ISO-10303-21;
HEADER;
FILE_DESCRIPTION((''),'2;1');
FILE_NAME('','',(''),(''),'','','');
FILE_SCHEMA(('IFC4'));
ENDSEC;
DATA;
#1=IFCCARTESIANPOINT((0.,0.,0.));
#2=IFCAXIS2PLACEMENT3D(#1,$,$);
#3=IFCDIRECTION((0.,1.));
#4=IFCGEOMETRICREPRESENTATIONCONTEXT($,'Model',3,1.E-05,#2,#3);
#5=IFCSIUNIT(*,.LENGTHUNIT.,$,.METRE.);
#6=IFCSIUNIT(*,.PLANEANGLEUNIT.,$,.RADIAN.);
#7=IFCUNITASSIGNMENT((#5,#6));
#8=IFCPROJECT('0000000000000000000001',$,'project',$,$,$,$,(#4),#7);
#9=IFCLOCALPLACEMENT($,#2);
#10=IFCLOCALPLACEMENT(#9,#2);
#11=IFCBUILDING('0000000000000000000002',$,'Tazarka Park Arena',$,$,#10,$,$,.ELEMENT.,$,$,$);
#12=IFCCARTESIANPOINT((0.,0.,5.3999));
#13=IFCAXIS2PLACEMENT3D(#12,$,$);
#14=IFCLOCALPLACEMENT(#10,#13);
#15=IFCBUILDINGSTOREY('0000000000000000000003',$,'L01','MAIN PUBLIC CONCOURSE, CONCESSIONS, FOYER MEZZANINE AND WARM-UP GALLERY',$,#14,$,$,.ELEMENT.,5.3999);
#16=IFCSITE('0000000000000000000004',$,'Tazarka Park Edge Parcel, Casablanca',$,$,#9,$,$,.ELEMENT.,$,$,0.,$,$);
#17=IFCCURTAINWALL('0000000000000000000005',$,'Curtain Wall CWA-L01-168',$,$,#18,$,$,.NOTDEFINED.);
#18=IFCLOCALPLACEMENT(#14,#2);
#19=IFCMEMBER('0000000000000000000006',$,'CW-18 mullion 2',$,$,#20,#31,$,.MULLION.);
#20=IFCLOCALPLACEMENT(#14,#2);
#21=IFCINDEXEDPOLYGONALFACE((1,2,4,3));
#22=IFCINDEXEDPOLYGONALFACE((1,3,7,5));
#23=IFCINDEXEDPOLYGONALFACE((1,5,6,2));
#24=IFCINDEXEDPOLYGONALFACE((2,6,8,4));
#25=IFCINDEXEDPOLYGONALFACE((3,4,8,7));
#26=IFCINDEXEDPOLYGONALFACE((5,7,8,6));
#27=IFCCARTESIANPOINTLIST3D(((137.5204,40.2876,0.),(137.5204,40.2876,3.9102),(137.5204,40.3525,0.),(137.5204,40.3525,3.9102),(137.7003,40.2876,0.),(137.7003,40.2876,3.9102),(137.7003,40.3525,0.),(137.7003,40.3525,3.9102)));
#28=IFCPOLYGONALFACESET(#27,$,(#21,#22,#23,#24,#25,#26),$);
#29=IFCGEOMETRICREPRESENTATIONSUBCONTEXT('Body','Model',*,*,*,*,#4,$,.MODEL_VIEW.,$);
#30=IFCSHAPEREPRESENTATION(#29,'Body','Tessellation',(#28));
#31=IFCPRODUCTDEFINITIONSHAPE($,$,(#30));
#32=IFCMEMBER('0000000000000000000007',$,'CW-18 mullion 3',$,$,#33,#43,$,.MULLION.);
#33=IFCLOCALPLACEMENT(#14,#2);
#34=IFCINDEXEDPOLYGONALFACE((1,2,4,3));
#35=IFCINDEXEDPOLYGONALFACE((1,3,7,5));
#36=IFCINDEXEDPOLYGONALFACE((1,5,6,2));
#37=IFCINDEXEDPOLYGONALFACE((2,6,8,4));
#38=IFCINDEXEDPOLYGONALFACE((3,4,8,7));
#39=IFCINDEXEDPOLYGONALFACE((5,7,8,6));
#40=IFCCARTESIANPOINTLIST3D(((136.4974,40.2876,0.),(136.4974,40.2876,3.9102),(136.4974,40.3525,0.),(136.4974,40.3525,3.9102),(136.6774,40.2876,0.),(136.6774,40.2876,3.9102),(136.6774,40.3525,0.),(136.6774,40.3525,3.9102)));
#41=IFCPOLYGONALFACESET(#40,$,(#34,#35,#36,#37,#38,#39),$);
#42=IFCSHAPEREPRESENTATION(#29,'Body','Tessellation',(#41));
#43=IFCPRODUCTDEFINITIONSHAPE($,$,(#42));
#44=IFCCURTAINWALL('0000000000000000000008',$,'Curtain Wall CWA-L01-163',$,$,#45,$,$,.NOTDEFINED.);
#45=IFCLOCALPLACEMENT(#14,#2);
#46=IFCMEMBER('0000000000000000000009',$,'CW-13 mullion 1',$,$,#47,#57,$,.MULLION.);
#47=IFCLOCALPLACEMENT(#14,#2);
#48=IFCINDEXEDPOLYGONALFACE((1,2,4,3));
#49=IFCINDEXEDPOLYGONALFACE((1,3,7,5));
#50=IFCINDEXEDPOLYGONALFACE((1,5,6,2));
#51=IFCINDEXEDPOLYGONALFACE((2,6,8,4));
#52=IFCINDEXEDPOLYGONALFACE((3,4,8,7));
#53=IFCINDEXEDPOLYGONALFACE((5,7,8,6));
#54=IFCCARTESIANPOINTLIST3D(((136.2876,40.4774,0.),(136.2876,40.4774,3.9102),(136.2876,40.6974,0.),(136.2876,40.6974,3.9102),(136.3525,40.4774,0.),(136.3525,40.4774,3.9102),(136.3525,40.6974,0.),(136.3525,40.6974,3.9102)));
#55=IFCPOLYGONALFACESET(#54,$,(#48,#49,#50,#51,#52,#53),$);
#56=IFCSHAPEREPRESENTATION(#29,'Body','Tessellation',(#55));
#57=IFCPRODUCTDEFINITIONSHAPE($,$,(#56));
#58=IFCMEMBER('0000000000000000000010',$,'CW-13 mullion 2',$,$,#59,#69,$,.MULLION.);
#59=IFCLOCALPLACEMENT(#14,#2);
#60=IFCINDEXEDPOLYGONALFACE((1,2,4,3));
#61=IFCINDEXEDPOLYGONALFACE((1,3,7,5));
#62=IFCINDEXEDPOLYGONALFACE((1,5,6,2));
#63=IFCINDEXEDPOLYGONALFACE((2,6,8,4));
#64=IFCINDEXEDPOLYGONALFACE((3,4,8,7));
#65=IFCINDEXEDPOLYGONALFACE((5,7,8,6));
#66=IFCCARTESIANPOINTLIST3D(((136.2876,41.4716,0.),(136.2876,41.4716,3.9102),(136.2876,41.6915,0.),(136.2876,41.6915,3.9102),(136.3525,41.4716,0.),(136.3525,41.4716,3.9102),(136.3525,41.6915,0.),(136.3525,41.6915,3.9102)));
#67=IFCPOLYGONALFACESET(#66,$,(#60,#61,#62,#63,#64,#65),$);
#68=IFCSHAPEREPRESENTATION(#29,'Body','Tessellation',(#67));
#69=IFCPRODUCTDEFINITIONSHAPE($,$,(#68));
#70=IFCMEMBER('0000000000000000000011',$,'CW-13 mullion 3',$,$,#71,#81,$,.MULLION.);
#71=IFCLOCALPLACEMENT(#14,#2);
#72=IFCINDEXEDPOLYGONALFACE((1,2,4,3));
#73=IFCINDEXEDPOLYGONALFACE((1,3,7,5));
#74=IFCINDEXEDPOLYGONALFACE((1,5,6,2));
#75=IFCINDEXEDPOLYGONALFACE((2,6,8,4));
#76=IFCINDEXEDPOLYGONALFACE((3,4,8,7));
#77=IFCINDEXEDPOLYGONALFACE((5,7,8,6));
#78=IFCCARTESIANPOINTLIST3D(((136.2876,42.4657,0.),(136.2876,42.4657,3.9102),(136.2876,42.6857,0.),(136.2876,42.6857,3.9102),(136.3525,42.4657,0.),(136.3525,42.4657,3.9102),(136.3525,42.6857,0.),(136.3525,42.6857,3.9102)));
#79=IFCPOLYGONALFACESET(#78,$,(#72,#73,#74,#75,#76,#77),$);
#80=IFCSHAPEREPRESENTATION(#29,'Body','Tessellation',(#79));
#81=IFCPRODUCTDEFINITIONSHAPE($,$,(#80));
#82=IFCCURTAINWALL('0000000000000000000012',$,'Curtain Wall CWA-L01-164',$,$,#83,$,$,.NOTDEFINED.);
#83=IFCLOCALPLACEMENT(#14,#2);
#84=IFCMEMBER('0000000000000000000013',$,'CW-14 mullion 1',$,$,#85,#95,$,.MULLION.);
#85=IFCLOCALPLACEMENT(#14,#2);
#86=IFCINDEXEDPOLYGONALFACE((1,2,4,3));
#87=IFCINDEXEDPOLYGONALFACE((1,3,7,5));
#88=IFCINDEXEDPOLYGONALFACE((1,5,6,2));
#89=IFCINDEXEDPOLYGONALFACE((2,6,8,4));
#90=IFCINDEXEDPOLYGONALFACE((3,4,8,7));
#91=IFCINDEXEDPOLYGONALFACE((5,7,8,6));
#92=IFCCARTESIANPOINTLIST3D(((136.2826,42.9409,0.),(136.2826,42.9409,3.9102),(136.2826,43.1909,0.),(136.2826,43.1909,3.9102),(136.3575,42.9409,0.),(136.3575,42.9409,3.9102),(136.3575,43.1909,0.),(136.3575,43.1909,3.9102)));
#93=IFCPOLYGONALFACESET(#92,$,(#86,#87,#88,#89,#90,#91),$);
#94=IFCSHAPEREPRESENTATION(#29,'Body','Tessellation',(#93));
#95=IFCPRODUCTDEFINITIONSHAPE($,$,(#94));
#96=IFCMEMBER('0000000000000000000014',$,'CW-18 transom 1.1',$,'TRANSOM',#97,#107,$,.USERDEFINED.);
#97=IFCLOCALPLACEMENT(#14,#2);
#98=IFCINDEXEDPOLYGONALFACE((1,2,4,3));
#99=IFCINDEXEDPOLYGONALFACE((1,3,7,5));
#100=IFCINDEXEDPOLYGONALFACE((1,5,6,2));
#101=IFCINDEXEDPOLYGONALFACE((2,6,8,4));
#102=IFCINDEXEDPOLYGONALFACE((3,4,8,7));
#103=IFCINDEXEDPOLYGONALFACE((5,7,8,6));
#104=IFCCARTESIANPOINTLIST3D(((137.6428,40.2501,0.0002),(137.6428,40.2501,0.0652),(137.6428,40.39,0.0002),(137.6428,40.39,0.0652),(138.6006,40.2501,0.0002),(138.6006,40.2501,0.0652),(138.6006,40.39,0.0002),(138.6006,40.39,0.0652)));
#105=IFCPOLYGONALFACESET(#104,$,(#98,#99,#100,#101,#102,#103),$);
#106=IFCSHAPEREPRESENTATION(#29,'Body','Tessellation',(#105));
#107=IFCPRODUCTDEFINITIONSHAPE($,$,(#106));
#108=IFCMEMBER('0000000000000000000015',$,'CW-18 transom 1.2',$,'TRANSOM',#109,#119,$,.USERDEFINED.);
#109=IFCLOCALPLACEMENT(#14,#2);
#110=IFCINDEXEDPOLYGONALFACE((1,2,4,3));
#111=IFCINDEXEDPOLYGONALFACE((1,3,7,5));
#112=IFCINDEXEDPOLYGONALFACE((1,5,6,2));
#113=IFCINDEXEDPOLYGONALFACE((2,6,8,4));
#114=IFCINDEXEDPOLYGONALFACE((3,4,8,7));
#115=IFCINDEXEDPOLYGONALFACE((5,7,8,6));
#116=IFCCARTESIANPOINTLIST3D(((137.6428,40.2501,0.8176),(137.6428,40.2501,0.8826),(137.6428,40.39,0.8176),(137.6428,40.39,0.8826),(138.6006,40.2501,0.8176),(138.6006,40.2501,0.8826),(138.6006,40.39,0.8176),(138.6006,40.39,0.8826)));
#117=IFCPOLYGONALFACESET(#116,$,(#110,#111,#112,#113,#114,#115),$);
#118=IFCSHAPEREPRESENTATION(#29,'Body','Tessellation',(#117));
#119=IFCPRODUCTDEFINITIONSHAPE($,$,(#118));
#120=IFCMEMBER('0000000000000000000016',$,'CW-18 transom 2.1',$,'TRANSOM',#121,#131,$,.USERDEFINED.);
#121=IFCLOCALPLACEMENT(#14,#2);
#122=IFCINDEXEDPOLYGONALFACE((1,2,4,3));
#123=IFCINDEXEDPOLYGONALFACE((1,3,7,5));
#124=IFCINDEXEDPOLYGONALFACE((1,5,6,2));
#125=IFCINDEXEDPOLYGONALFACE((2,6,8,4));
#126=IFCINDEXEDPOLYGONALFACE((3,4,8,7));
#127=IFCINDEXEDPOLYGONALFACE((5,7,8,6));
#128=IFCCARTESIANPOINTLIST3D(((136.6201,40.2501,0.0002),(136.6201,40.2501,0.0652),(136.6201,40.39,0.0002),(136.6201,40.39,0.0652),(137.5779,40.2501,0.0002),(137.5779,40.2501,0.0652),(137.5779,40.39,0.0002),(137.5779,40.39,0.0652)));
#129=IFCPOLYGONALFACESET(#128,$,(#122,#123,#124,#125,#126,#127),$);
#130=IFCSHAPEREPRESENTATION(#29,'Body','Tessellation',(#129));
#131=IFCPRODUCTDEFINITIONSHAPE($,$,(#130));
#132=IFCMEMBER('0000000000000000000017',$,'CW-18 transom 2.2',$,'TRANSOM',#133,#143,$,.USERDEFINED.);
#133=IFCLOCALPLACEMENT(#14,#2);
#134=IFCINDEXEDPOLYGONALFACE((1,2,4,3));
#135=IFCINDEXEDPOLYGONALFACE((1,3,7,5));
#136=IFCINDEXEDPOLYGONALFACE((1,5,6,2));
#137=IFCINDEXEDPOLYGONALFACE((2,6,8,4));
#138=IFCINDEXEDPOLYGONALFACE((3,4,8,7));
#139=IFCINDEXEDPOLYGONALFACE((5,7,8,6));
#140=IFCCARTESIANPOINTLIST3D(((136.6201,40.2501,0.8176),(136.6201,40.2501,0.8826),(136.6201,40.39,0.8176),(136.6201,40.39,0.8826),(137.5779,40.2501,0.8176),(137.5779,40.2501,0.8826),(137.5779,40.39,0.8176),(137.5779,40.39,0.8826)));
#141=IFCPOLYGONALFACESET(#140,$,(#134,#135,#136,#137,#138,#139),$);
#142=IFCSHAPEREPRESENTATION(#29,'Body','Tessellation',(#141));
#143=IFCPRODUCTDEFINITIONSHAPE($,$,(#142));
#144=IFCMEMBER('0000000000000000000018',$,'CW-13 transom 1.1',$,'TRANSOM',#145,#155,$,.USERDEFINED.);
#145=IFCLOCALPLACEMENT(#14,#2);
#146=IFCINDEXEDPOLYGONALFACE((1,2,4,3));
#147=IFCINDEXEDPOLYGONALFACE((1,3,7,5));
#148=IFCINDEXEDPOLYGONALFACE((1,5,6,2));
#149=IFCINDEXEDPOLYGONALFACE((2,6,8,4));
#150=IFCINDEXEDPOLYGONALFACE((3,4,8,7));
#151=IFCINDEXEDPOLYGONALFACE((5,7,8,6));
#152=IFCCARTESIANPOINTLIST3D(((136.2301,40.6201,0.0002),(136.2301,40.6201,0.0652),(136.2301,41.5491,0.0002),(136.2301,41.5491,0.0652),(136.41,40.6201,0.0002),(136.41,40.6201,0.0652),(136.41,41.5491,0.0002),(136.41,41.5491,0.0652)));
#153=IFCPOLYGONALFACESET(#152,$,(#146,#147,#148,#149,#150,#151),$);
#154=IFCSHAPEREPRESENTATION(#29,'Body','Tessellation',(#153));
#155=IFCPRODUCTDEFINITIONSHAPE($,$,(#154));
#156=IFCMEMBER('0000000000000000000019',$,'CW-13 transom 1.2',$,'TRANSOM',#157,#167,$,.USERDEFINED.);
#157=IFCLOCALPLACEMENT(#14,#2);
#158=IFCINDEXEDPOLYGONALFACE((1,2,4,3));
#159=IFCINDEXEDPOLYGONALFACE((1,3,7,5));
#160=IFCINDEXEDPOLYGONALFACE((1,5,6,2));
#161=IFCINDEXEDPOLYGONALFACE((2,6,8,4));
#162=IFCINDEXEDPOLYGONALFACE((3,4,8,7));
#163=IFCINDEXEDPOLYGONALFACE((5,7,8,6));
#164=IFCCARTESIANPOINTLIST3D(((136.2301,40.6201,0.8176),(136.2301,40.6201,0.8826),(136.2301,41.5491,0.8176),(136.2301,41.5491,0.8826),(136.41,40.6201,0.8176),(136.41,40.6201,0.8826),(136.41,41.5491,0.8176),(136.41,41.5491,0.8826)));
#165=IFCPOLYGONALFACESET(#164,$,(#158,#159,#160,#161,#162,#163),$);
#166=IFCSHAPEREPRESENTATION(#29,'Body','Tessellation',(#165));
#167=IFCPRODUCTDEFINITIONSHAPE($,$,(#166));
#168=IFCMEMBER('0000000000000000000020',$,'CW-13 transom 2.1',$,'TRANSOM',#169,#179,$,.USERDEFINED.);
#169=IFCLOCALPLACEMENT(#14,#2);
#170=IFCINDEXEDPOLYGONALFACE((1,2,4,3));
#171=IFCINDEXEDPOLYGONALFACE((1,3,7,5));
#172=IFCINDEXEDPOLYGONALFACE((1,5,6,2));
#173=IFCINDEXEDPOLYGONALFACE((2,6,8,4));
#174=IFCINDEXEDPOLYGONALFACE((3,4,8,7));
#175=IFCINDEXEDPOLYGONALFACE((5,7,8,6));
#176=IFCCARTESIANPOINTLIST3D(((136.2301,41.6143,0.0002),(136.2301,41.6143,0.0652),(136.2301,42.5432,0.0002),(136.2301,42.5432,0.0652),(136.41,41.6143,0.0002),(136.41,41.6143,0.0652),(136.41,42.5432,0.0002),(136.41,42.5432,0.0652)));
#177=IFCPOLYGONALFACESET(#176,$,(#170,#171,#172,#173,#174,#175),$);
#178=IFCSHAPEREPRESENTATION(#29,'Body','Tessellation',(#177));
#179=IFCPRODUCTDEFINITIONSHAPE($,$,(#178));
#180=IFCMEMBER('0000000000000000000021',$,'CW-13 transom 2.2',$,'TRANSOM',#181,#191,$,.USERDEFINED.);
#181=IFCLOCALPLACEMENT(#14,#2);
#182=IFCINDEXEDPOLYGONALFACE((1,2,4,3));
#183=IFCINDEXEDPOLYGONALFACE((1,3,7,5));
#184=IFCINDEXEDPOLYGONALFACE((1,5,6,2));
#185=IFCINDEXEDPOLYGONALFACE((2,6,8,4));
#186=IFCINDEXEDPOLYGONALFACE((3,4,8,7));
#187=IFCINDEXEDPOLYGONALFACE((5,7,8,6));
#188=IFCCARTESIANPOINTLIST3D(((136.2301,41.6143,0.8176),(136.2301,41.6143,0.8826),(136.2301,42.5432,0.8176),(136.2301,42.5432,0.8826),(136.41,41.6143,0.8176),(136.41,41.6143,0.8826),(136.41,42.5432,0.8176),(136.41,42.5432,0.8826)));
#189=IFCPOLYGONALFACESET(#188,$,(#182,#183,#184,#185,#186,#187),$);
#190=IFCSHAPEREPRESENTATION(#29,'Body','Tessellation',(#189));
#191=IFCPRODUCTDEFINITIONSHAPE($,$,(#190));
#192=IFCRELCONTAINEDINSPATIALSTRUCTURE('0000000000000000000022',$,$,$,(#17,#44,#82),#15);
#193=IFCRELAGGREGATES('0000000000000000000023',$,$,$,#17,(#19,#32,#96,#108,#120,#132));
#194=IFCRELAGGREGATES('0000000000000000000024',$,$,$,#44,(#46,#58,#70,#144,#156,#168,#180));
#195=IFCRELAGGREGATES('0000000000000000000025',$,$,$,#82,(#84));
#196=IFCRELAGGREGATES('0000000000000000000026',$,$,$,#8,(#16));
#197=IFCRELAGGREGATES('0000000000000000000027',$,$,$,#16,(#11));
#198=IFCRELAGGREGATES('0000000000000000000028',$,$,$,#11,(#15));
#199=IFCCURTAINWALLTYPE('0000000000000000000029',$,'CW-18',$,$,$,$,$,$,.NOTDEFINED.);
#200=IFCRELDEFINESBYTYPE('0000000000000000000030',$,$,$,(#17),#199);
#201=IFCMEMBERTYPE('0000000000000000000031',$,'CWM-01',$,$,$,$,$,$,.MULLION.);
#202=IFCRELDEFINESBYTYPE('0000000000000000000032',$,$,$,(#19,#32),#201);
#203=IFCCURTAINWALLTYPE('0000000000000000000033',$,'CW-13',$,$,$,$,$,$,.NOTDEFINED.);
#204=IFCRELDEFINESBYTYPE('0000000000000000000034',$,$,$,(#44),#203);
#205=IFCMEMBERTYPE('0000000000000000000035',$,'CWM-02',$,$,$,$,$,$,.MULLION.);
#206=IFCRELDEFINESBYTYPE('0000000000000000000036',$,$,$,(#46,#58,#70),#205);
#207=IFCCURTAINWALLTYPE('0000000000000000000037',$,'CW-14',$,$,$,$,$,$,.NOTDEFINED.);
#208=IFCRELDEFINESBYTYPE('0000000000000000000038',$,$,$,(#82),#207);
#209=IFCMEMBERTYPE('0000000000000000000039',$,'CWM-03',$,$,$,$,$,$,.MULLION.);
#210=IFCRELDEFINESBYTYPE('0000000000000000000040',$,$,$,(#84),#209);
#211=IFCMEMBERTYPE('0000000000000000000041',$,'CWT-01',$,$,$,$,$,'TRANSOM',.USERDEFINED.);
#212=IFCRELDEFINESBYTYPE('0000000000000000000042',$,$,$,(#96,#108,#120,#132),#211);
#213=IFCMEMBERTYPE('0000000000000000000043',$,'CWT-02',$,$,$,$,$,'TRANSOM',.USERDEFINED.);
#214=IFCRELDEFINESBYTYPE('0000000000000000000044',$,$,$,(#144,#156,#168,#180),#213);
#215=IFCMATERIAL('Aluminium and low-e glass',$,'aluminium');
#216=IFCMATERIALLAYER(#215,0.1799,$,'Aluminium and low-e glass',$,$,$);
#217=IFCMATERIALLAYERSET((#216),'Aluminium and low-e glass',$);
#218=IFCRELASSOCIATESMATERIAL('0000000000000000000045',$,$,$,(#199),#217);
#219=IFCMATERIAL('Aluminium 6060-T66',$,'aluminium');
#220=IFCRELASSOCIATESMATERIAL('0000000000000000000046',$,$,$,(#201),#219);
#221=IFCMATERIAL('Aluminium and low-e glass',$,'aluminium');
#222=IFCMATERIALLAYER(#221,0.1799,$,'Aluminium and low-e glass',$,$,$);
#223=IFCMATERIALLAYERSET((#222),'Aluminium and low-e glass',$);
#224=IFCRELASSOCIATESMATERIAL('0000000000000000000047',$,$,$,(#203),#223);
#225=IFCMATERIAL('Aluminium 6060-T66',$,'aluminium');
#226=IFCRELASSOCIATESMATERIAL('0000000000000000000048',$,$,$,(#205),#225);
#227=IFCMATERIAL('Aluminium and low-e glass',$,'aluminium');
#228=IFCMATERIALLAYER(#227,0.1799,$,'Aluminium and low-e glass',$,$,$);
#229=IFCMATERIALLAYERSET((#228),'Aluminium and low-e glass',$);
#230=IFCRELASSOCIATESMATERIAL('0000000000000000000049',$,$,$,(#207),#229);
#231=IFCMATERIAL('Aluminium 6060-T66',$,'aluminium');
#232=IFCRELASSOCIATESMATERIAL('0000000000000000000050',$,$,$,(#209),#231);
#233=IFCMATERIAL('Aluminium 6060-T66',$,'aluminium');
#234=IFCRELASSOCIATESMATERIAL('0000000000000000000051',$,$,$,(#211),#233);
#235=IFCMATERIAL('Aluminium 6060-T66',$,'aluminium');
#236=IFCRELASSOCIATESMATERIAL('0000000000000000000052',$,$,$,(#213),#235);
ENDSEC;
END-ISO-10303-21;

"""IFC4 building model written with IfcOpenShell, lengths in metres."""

from ifc_helpers import new_model, si_unit, direction, frame, origin, origin_2d, place, context, subcontext, project, spatial, rectangle, extrude, material, layer, layer_set, material_profile, profile_set, type_object, element, aggregate, save


model = new_model("IFC4")

# Units and contexts
model_context = context("Model", 3, precision=1e-05, world=origin(), true_north=direction((0.0, 1.0)))
body_context = subcontext(model_context, "Body", "Model", "MODEL_VIEW")
ifc_project = project(units=[si_unit("LENGTHUNIT", "METRE"), si_unit("PLANEANGLEUNIT", "RADIAN")], contexts=[model_context])

# Site, building, storey
site_placement = place(None, origin())
site = spatial("IfcSite", under=ifc_project, at=site_placement, Name="Tazarka Park Edge Parcel, Casablanca", CompositionType="ELEMENT", RefElevation=0.0)
building_placement = place(site_placement, origin())
building = spatial("IfcBuilding", under=site, at=building_placement, Name="Tazarka Park Arena", CompositionType="ELEMENT")
storey_placement = place(building_placement, frame((0.0, 0.0, 5.3999)))
storey = spatial("IfcBuildingStorey", under=building, at=storey_placement, Name="L01", Description="MAIN PUBLIC CONCOURSE, CONCESSIONS, FOYER MEZZANINE AND WARM-UP GALLERY", CompositionType="ELEMENT", Elevation=5.3999)

# Curtain walls, members
ifc_material_1 = material(Name="Aluminium and low-e glass", Category="aluminium")
ifc_layer_1 = layer(ifc_material_1, 0.1799, Name="Aluminium and low-e glass")
ifc_layer_set_1 = layer_set([ifc_layer_1], Name="Aluminium and low-e glass")
curtain_wall_type_1 = type_object("IfcCurtainWallType", Name="CW-18", PredefinedType="NOTDEFINED", material=ifc_layer_set_1)
curtain_wall_1_placement = place(storey_placement, origin())
curtain_wall_1 = element("IfcCurtainWall", 1, at=curtain_wall_1_placement, inside=storey, type_object=curtain_wall_type_1, Name="Curtain Wall CWA-L01-168", PredefinedType="NOTDEFINED")
ifc_material_2 = material(Name="Aluminium 6060-T66", Category="aluminium")
ifc_material_profile_1 = material_profile(ifc_material_2, rectangle(XDim=0.0649, YDim=0.1799, at=origin_2d()), Name="Aluminium 6060-T66")
ifc_profile_set_1 = profile_set([ifc_material_profile_1], Name="Aluminium 6060-T66")
member_type_1 = type_object("IfcMemberType", Name="CWM-01", PredefinedType="MULLION", material=ifc_profile_set_1)
member_1_placement = place(storey_placement, frame((137.6104, 40.3201, 0.0), z_axis=(0.0, 0.0, 1.0), x_axis=(0.0, -1.0, 0.0)))
member_1 = element("IfcMember", 2, at=member_1_placement, type_object=member_type_1, Name="CW-18 mullion 2", PredefinedType="MULLION", context=body_context, shape_type="SweptSolid", body=[
    extrude(rectangle(XDim=0.0649, YDim=0.1799, at=origin_2d()), origin(), (0.0, 0.0, 1.0), 3.9102),
])
member_2_placement = place(storey_placement, frame((136.5874, 40.3201, 0.0), z_axis=(0.0, 0.0, 1.0), x_axis=(0.0, -1.0, 0.0)))
member_2 = element("IfcMember", 3, at=member_2_placement, type_object=member_type_1, Name="CW-18 mullion 3", PredefinedType="MULLION", context=body_context, shape_type="SweptSolid", body=[
    extrude(rectangle(XDim=0.0649, YDim=0.1799, at=origin_2d()), origin(), (0.0, 0.0, 1.0), 3.9102),
])
ifc_material_3 = material(Name="Aluminium and low-e glass", Category="aluminium")
ifc_layer_2 = layer(ifc_material_3, 0.1799, Name="Aluminium and low-e glass")
ifc_layer_set_2 = layer_set([ifc_layer_2], Name="Aluminium and low-e glass")
curtain_wall_type_2 = type_object("IfcCurtainWallType", Name="CW-13", PredefinedType="NOTDEFINED", material=ifc_layer_set_2)
curtain_wall_2_placement = place(storey_placement, origin())
curtain_wall_2 = element("IfcCurtainWall", 4, at=curtain_wall_2_placement, inside=storey, type_object=curtain_wall_type_2, Name="Curtain Wall CWA-L01-163", PredefinedType="NOTDEFINED")
ifc_material_4 = material(Name="Aluminium 6060-T66", Category="aluminium")
ifc_material_profile_2 = material_profile(ifc_material_4, rectangle(XDim=0.0649, YDim=0.22, at=origin_2d()), Name="Aluminium 6060-T66")
ifc_profile_set_2 = profile_set([ifc_material_profile_2], Name="Aluminium 6060-T66")
member_type_2 = type_object("IfcMemberType", Name="CWM-02", PredefinedType="MULLION", material=ifc_profile_set_2)
member_3_placement = place(storey_placement, frame((136.3201, 40.5874, 0.0), z_axis=(0.0, 0.0, 1.0), x_axis=(-1.0, 0.0, 0.0)))
member_3 = element("IfcMember", 5, at=member_3_placement, type_object=member_type_2, Name="CW-13 mullion 1", PredefinedType="MULLION", context=body_context, shape_type="SweptSolid", body=[
    extrude(rectangle(XDim=0.0649, YDim=0.22, at=origin_2d()), origin(), (0.0, 0.0, 1.0), 3.9102),
])
member_4_placement = place(storey_placement, frame((136.3201, 41.5815, 0.0), z_axis=(0.0, 0.0, 1.0), x_axis=(-1.0, 0.0, 0.0)))
member_4 = element("IfcMember", 6, at=member_4_placement, type_object=member_type_2, Name="CW-13 mullion 2", PredefinedType="MULLION", context=body_context, shape_type="SweptSolid", body=[
    extrude(rectangle(XDim=0.0649, YDim=0.22, at=origin_2d()), origin(), (0.0, 0.0, 1.0), 3.9102),
])
member_5_placement = place(storey_placement, frame((136.3201, 42.5757, 0.0), z_axis=(0.0, 0.0, 1.0), x_axis=(-1.0, 0.0, 0.0)))
member_5 = element("IfcMember", 7, at=member_5_placement, type_object=member_type_2, Name="CW-13 mullion 3", PredefinedType="MULLION", context=body_context, shape_type="SweptSolid", body=[
    extrude(rectangle(XDim=0.0649, YDim=0.22, at=origin_2d()), origin(), (0.0, 0.0, 1.0), 3.9102),
])

# Curtain wall, member
ifc_material_5 = material(Name="Aluminium and low-e glass", Category="aluminium")
ifc_layer_3 = layer(ifc_material_5, 0.1799, Name="Aluminium and low-e glass")
ifc_layer_set_3 = layer_set([ifc_layer_3], Name="Aluminium and low-e glass")
curtain_wall_type_3 = type_object("IfcCurtainWallType", Name="CW-14", PredefinedType="NOTDEFINED", material=ifc_layer_set_3)
curtain_wall_3_placement = place(storey_placement, origin())
curtain_wall_3 = element("IfcCurtainWall", 8, at=curtain_wall_3_placement, inside=storey, type_object=curtain_wall_type_3, Name="Curtain Wall CWA-L01-164", PredefinedType="NOTDEFINED")
ifc_material_6 = material(Name="Aluminium 6060-T66", Category="aluminium")
ifc_material_profile_3 = material_profile(ifc_material_6, rectangle(XDim=0.075, YDim=0.25, at=origin_2d()), Name="Aluminium 6060-T66")
ifc_profile_set_3 = profile_set([ifc_material_profile_3], Name="Aluminium 6060-T66")
member_type_3 = type_object("IfcMemberType", Name="CWM-03", PredefinedType="MULLION", material=ifc_profile_set_3)
member_6_placement = place(storey_placement, frame((136.3201, 43.0659, 0.0), z_axis=(0.0, 0.0, 1.0), x_axis=(-1.0, 0.0, 0.0)))
member_6 = element("IfcMember", 9, at=member_6_placement, type_object=member_type_3, Name="CW-14 mullion 1", PredefinedType="MULLION", context=body_context, shape_type="SweptSolid", body=[
    extrude(rectangle(XDim=0.075, YDim=0.25, at=origin_2d()), origin(), (0.0, 0.0, 1.0), 3.9102),
])

# Members
ifc_material_7 = material(Name="Aluminium 6060-T66", Category="aluminium")
ifc_material_profile_4 = material_profile(ifc_material_7, rectangle(XDim=0.1399, YDim=0.0649, at=origin_2d()), Name="Aluminium 6060-T66")
ifc_profile_set_4 = profile_set([ifc_material_profile_4], Name="Aluminium 6060-T66")
member_type_4 = type_object("IfcMemberType", Name="CWT-01", ElementType="TRANSOM", PredefinedType="USERDEFINED", material=ifc_profile_set_4)
member_7_placement = place(storey_placement, frame((138.6006, 40.3201, 0.0327), z_axis=(-1.0, 0.0, 0.0), x_axis=(0.0, -1.0, 0.0)))
member_7 = element("IfcMember", 10, at=member_7_placement, type_object=member_type_4, Name="CW-18 transom 1.1", ObjectType="TRANSOM", PredefinedType="USERDEFINED", context=body_context, shape_type="SweptSolid", body=[
    extrude(rectangle(XDim=0.1399, YDim=0.0649, at=origin_2d()), origin(), (0.0, 0.0, 1.0), 0.9578),
])
member_8_placement = place(storey_placement, frame((138.6006, 40.3201, 0.8501), z_axis=(-1.0, 0.0, 0.0), x_axis=(0.0, -1.0, 0.0)))
member_8 = element("IfcMember", 11, at=member_8_placement, type_object=member_type_4, Name="CW-18 transom 1.2", ObjectType="TRANSOM", PredefinedType="USERDEFINED", context=body_context, shape_type="SweptSolid", body=[
    extrude(rectangle(XDim=0.1399, YDim=0.0649, at=origin_2d()), origin(), (0.0, 0.0, 1.0), 0.9578),
])
member_9_placement = place(storey_placement, frame((137.5779, 40.3201, 0.0327), z_axis=(-1.0, 0.0, 0.0), x_axis=(0.0, -1.0, 0.0)))
member_9 = element("IfcMember", 12, at=member_9_placement, type_object=member_type_4, Name="CW-18 transom 2.1", ObjectType="TRANSOM", PredefinedType="USERDEFINED", context=body_context, shape_type="SweptSolid", body=[
    extrude(rectangle(XDim=0.1399, YDim=0.0649, at=origin_2d()), origin(), (0.0, 0.0, 1.0), 0.9578),
])
member_10_placement = place(storey_placement, frame((137.5779, 40.3201, 0.8501), z_axis=(-1.0, 0.0, 0.0), x_axis=(0.0, -1.0, 0.0)))
member_10 = element("IfcMember", 13, at=member_10_placement, type_object=member_type_4, Name="CW-18 transom 2.2", ObjectType="TRANSOM", PredefinedType="USERDEFINED", context=body_context, shape_type="SweptSolid", body=[
    extrude(rectangle(XDim=0.1399, YDim=0.0649, at=origin_2d()), origin(), (0.0, 0.0, 1.0), 0.9578),
])
ifc_material_8 = material(Name="Aluminium 6060-T66", Category="aluminium")
ifc_material_profile_5 = material_profile(ifc_material_8, rectangle(XDim=0.1799, YDim=0.0649, at=origin_2d()), Name="Aluminium 6060-T66")
ifc_profile_set_5 = profile_set([ifc_material_profile_5], Name="Aluminium 6060-T66")
member_type_5 = type_object("IfcMemberType", Name="CWT-02", ElementType="TRANSOM", PredefinedType="USERDEFINED", material=ifc_profile_set_5)
member_11_placement = place(storey_placement, frame((136.3201, 40.6201, 0.0327), z_axis=(0.0, 1.0, 0.0), x_axis=(-1.0, 0.0, 0.0)))
member_11 = element("IfcMember", 14, at=member_11_placement, type_object=member_type_5, Name="CW-13 transom 1.1", ObjectType="TRANSOM", PredefinedType="USERDEFINED", context=body_context, shape_type="SweptSolid", body=[
    extrude(rectangle(XDim=0.1799, YDim=0.0649, at=origin_2d()), origin(), (0.0, 0.0, 1.0), 0.929),
])
member_12_placement = place(storey_placement, frame((136.3201, 40.6201, 0.8501), z_axis=(0.0, 1.0, 0.0), x_axis=(-1.0, 0.0, 0.0)))
member_12 = element("IfcMember", 15, at=member_12_placement, type_object=member_type_5, Name="CW-13 transom 1.2", ObjectType="TRANSOM", PredefinedType="USERDEFINED", context=body_context, shape_type="SweptSolid", body=[
    extrude(rectangle(XDim=0.1799, YDim=0.0649, at=origin_2d()), origin(), (0.0, 0.0, 1.0), 0.929),
])
member_13_placement = place(storey_placement, frame((136.3201, 41.6143, 0.0327), z_axis=(0.0, 1.0, 0.0), x_axis=(-1.0, 0.0, 0.0)))
member_13 = element("IfcMember", 16, at=member_13_placement, type_object=member_type_5, Name="CW-13 transom 2.1", ObjectType="TRANSOM", PredefinedType="USERDEFINED", context=body_context, shape_type="SweptSolid", body=[
    extrude(rectangle(XDim=0.1799, YDim=0.0649, at=origin_2d()), origin(), (0.0, 0.0, 1.0), 0.929),
])
member_14_placement = place(storey_placement, frame((136.3201, 41.6143, 0.8501), z_axis=(0.0, 1.0, 0.0), x_axis=(-1.0, 0.0, 0.0)))
member_14 = element("IfcMember", 17, at=member_14_placement, type_object=member_type_5, Name="CW-13 transom 2.2", ObjectType="TRANSOM", PredefinedType="USERDEFINED", context=body_context, shape_type="SweptSolid", body=[
    extrude(rectangle(XDim=0.1799, YDim=0.0649, at=origin_2d()), origin(), (0.0, 0.0, 1.0), 0.929),
])

aggregate(curtain_wall_1, [member_1, member_2, member_7, member_8, member_9, member_10])
aggregate(curtain_wall_2, [member_3, member_4, member_5, member_11, member_12, member_13, member_14])
aggregate(curtain_wall_3, [member_6])

save(model, "model.ifc")
